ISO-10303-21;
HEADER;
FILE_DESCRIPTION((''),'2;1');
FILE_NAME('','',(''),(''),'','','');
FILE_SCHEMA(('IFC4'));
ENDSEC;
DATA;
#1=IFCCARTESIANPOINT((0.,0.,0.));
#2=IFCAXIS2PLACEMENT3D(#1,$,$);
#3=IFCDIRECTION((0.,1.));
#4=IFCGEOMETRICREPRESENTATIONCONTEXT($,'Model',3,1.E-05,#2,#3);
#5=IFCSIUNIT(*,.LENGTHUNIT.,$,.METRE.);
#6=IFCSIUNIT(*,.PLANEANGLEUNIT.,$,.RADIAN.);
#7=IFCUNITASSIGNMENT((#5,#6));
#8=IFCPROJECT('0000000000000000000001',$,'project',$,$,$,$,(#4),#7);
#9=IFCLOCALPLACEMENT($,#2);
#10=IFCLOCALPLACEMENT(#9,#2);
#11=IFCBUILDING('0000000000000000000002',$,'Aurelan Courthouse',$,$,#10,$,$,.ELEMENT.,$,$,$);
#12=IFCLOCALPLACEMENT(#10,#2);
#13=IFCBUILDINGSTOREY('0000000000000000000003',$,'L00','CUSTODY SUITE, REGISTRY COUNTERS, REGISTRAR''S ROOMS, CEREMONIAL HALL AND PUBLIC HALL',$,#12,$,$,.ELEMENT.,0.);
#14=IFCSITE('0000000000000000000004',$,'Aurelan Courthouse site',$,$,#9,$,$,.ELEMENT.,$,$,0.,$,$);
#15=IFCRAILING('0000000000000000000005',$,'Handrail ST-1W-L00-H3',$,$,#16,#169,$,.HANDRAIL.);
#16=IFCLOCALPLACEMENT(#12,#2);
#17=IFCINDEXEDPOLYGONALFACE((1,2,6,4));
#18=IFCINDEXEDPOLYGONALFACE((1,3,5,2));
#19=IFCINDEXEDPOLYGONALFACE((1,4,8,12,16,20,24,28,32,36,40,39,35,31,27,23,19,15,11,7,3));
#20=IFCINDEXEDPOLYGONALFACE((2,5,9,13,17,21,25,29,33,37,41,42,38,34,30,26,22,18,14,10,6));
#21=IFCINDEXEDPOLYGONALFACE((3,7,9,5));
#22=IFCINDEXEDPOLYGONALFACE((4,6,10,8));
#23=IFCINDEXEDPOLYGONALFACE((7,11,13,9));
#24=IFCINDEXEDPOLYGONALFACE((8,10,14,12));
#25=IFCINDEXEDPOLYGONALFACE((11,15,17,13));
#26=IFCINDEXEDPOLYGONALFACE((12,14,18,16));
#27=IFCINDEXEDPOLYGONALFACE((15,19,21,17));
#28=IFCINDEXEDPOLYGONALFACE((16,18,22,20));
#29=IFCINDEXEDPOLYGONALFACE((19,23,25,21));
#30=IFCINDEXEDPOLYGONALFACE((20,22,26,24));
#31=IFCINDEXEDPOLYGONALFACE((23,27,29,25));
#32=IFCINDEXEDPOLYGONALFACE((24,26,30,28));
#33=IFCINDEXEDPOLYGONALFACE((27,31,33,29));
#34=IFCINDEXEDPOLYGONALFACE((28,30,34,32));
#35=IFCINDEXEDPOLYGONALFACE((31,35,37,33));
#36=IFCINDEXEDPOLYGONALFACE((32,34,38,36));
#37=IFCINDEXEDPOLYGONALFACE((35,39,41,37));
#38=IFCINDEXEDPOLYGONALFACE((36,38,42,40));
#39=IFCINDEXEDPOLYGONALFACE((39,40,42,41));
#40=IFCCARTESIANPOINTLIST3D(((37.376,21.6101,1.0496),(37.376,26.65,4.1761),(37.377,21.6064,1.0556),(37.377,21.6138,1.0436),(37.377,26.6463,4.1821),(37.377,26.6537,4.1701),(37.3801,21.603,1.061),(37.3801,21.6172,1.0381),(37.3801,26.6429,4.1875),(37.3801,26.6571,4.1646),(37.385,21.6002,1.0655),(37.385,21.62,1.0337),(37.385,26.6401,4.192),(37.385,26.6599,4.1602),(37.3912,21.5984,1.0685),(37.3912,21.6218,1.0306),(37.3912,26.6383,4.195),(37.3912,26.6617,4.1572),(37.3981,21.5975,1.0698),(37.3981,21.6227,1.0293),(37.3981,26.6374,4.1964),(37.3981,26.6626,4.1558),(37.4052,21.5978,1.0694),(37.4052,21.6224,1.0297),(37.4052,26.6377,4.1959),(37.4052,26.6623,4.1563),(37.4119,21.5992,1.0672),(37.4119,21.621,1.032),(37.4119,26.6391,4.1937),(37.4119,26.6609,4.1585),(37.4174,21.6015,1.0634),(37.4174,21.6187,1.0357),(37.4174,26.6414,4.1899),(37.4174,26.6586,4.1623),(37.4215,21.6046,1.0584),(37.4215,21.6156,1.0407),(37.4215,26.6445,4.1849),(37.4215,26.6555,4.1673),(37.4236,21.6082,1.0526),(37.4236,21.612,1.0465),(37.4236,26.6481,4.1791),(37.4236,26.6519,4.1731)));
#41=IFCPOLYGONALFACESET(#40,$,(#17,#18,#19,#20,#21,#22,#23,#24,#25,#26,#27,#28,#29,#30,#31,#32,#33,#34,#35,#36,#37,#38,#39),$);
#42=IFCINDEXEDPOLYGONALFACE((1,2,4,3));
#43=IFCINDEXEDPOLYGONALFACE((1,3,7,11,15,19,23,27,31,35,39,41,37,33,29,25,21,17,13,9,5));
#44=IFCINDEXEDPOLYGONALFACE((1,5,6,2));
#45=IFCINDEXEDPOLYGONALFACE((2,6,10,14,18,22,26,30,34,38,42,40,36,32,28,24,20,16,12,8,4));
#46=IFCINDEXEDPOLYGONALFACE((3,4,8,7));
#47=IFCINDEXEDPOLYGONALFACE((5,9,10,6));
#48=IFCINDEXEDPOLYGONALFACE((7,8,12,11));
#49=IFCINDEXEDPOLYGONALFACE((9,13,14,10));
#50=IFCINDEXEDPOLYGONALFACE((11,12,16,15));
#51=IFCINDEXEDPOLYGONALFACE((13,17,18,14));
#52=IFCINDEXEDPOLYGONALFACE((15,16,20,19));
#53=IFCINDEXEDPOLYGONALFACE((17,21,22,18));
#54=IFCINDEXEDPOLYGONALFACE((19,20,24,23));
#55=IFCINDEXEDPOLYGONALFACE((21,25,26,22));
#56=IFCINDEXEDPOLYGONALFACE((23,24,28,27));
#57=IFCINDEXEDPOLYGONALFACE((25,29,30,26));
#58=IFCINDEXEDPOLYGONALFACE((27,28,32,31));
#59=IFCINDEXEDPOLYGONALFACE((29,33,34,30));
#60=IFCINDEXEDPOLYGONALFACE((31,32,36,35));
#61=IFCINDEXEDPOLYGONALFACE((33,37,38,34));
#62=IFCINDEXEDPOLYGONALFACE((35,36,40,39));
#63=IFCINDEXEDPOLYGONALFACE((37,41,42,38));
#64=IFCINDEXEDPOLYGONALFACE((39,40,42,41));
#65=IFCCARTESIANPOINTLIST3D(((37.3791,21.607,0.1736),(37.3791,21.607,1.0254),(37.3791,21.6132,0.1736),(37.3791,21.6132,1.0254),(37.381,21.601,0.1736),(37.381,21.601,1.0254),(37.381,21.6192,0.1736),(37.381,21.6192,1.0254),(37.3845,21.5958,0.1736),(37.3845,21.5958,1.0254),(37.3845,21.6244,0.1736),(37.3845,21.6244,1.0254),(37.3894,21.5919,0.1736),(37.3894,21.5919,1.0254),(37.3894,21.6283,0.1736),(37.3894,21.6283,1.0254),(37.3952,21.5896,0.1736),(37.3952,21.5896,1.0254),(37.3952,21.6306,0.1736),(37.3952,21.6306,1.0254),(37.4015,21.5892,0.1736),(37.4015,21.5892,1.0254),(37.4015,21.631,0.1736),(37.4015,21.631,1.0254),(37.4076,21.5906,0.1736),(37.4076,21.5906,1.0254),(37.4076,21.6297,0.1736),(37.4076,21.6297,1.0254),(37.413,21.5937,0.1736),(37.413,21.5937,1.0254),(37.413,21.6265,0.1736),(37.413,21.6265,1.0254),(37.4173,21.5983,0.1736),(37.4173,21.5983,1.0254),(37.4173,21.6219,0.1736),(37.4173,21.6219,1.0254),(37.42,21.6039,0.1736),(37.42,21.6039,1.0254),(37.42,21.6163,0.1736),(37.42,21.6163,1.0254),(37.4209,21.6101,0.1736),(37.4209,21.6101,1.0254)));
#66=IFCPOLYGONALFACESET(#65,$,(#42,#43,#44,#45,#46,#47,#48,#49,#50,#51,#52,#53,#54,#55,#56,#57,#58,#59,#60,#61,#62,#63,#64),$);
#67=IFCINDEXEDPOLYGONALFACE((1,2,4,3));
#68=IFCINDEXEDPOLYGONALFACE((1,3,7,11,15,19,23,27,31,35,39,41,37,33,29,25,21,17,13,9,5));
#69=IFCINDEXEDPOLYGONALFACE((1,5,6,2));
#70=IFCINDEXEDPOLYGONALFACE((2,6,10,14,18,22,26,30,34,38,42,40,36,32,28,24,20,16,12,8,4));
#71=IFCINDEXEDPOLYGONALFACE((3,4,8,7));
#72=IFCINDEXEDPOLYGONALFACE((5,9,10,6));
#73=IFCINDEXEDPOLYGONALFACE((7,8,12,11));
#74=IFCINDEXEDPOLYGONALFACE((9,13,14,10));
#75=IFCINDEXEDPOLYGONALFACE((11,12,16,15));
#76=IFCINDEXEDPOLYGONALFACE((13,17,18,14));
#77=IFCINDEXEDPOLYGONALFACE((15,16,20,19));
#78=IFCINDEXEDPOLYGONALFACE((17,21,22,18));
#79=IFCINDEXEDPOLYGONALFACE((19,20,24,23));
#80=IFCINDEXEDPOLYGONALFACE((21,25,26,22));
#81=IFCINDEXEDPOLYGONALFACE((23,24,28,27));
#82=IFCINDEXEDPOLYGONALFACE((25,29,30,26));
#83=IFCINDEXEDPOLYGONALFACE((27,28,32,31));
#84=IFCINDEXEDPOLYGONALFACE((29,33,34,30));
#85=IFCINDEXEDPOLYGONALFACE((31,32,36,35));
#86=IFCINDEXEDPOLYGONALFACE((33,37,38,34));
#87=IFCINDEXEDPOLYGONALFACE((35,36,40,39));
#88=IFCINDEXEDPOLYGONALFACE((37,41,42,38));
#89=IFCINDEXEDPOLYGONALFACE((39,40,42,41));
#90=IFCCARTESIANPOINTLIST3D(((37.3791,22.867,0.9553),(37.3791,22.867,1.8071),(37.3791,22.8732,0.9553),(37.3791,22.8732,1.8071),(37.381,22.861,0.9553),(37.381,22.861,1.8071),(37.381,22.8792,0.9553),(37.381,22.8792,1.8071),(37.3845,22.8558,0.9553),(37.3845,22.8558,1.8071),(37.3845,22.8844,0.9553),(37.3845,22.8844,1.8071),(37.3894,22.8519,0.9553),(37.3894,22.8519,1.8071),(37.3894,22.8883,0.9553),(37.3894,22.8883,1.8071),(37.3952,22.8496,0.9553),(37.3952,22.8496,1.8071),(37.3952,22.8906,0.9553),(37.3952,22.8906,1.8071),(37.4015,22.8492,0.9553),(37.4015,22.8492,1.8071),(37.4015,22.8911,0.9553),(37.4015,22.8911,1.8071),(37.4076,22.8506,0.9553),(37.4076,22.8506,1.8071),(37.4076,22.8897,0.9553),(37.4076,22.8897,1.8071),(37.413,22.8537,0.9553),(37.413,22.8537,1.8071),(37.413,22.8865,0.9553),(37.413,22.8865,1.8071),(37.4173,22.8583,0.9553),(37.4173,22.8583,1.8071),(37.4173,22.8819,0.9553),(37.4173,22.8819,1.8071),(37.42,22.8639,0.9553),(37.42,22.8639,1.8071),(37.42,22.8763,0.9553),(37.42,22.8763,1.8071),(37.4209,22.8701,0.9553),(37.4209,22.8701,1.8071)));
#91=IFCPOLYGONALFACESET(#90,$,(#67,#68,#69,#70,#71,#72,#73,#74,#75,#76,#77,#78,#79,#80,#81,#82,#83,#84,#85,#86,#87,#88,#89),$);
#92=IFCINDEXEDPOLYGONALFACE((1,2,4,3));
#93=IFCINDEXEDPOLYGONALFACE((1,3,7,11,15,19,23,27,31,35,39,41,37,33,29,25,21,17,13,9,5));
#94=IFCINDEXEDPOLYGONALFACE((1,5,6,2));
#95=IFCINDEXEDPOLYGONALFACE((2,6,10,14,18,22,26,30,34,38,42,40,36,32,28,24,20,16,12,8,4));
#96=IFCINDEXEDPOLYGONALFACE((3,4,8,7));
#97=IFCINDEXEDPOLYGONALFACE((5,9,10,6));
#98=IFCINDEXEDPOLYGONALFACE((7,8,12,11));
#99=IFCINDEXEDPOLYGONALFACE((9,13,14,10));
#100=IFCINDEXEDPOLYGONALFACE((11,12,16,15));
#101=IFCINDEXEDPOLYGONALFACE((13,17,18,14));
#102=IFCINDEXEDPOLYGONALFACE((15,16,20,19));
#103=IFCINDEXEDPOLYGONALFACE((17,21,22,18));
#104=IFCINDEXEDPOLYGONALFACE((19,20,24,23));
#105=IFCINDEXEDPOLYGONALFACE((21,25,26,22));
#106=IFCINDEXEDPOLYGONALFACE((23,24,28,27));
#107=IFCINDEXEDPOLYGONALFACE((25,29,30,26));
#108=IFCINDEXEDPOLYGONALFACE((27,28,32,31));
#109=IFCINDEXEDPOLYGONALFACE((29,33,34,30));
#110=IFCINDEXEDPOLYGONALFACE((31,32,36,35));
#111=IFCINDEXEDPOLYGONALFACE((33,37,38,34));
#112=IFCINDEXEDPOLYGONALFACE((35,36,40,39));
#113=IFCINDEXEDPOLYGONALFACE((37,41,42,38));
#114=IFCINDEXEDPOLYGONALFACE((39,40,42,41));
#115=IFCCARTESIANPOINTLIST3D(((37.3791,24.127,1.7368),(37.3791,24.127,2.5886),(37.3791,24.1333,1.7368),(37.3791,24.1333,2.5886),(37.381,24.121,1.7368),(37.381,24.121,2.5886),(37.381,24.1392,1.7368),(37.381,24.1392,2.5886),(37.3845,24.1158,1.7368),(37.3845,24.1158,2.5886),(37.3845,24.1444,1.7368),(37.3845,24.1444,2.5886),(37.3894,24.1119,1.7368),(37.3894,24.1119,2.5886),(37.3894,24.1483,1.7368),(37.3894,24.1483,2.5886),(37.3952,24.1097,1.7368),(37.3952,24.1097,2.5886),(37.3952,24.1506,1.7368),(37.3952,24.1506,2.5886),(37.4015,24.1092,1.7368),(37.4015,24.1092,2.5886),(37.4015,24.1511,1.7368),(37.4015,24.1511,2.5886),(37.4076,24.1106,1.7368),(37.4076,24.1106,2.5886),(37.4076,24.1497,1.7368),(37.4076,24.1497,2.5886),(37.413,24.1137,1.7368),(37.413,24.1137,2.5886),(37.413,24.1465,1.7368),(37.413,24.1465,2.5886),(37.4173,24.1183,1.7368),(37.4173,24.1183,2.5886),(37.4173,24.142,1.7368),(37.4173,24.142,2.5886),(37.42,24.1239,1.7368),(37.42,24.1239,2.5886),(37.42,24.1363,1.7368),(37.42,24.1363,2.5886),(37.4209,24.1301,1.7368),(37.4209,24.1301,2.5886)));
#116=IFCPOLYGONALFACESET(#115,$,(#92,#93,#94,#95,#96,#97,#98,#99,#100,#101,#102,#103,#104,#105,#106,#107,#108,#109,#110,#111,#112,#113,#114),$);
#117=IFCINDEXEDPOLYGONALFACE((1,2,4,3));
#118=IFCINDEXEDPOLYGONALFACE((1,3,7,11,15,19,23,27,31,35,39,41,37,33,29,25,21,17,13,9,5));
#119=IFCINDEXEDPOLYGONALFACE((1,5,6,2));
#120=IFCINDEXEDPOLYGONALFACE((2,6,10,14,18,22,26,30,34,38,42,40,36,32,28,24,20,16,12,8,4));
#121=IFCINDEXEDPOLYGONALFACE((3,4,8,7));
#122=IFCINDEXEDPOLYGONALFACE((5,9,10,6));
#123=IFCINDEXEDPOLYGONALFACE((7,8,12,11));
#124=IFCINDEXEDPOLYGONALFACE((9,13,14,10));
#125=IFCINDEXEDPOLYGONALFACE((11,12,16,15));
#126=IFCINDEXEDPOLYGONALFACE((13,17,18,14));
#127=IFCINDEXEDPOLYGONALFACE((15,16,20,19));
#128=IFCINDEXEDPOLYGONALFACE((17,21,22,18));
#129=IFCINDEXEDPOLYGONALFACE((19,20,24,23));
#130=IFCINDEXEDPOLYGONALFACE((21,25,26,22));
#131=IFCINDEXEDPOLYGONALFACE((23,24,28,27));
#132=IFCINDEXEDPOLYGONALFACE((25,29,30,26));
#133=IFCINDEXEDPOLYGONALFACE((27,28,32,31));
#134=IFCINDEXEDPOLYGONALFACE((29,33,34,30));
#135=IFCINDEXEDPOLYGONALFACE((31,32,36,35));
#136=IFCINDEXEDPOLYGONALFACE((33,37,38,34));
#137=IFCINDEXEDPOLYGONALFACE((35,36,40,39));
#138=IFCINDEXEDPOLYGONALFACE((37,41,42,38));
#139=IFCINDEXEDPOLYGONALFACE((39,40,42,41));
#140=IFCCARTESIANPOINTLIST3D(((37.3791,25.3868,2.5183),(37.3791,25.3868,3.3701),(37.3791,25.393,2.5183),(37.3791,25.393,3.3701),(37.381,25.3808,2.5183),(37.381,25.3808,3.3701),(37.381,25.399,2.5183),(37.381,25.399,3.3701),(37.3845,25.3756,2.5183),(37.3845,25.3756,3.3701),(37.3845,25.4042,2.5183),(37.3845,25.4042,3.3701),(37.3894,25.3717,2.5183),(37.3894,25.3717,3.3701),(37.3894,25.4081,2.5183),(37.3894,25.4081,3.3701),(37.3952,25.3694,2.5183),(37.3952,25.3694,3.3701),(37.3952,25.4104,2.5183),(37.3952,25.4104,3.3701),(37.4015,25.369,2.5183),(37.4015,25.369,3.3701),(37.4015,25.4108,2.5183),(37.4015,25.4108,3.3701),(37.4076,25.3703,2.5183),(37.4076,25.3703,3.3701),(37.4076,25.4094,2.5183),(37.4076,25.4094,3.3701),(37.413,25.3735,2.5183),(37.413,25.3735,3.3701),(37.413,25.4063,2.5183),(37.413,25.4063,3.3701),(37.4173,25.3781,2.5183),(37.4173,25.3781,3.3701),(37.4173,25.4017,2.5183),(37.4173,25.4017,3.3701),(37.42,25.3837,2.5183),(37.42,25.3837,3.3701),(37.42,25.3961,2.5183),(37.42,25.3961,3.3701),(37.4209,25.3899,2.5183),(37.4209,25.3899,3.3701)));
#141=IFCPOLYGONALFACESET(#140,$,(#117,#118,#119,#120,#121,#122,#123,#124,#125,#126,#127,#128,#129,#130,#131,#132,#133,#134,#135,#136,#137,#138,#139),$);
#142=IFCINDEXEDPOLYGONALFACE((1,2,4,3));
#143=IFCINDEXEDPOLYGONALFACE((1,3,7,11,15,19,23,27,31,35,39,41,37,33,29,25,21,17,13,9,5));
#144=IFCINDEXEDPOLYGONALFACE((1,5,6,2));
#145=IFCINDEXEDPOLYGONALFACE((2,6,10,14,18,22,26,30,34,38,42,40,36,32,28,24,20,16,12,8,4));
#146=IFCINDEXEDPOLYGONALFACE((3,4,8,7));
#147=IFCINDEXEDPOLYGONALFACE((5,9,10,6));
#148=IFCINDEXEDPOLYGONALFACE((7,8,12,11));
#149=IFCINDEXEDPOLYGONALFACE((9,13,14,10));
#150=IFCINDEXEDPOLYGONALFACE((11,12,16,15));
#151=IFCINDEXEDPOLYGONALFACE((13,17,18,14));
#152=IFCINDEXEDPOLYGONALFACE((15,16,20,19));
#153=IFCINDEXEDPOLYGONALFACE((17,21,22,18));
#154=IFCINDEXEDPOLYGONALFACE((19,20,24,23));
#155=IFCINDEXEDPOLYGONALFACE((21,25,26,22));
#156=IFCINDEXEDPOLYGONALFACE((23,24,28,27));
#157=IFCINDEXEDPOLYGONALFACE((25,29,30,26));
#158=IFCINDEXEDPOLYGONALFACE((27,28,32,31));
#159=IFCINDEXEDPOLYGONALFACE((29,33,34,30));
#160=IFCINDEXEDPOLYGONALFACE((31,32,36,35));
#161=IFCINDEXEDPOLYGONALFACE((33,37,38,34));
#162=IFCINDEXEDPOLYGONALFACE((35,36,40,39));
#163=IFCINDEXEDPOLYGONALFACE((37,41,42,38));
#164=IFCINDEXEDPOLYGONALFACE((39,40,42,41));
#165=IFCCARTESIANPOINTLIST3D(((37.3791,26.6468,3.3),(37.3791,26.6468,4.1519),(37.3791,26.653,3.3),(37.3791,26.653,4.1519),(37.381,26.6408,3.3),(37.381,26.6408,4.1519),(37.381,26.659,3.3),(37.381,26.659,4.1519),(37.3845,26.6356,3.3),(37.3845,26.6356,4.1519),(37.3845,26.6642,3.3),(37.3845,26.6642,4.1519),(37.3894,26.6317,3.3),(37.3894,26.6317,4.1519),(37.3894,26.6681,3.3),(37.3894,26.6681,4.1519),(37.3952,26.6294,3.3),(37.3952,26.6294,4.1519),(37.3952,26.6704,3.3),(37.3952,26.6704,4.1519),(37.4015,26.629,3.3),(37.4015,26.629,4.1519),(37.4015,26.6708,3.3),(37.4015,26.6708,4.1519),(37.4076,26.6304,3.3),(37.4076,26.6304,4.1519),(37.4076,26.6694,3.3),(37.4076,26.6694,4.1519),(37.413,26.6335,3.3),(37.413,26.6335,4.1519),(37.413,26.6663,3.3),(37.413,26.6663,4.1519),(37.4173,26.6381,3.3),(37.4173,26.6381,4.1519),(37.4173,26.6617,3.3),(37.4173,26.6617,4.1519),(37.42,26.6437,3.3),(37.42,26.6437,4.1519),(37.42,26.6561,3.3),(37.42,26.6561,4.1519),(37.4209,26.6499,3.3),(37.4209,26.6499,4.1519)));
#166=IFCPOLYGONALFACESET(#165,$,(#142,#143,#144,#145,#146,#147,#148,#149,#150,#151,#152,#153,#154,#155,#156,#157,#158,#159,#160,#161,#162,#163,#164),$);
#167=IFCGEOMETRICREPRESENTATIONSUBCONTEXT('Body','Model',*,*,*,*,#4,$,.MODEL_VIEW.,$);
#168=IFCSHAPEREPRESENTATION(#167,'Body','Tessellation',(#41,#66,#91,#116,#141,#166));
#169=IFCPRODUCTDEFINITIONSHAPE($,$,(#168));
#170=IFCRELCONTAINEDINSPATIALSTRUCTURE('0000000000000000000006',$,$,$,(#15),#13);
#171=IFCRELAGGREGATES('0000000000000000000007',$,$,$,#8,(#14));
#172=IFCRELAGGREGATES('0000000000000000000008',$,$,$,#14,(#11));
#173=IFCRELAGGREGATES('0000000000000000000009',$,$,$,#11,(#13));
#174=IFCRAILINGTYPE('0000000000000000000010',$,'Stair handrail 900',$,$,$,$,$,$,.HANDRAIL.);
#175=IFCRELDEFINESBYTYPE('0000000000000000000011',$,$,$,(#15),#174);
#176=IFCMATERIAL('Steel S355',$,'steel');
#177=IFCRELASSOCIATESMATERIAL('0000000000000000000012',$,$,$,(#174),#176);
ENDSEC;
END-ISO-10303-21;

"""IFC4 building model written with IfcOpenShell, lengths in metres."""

from ifc_helpers import new_model, si_unit, direction, frame, origin, origin_2d, place, context, subcontext, project, spatial, circle, extrude, material, type_object, element, save


model = new_model("IFC4")

# Units and contexts
model_context = context("Model", 3, precision=1e-05, world=origin(), true_north=direction((0.0, 1.0)))
body_context = subcontext(model_context, "Body", "Model", "MODEL_VIEW")
ifc_project = project(units=[si_unit("LENGTHUNIT", "METRE"), si_unit("PLANEANGLEUNIT", "RADIAN")], contexts=[model_context])

# Site, building, storey
site_placement = place(None, origin())
site = spatial("IfcSite", under=ifc_project, at=site_placement, Name="Aurelan Courthouse site", CompositionType="ELEMENT", RefElevation=0.0)
building_placement = place(site_placement, origin())
building = spatial("IfcBuilding", under=site, at=building_placement, Name="Aurelan Courthouse", CompositionType="ELEMENT")
storey_placement = place(building_placement, origin())
storey = spatial("IfcBuildingStorey", under=building, at=storey_placement, Name="L00", Description="CUSTODY SUITE, REGISTRY COUNTERS, REGISTRAR'S ROOMS, CEREMONIAL HALL AND PUBLIC HALL", CompositionType="ELEMENT", Elevation=0.0)

# Railing
ifc_material_1 = material(Name="Steel S355", Category="steel")
railing_type_1 = type_object("IfcRailingType", Name="Stair handrail 900", PredefinedType="HANDRAIL", material=ifc_material_1)
for number, where, name in (
    (1, (37.3999, 21.6101, 0.1736), "Handrail ST-1W-L00-H3"),
):
    element("IfcRailing", number, at=place(storey_placement, frame(where)), inside=storey, type_object=railing_type_1, Name=name, PredefinedType="HANDRAIL", context=body_context, shape_type="SweptSolid", body=[
        extrude(circle(Radius=0.0239, at=origin_2d()), frame((0.0, 0.0, 0.876), z_axis=(0.0, 0.849767, 0.527158), x_axis=(-1.0, 0.0, 0.0)), (0.0, 0.0, 1.0), 5.9309),
        extrude(circle(Radius=0.021, at=origin_2d()), origin(), (0.0, 0.0, 1.0), 0.8518),
        extrude(circle(Radius=0.021, at=origin_2d()), frame((0.0, 1.26, 0.7817)), (0.0, 0.0, 1.0), 0.8518),
        extrude(circle(Radius=0.021, at=origin_2d()), frame((0.0, 2.52, 1.5632)), (0.0, 0.0, 1.0), 0.8518),
        extrude(circle(Radius=0.021, at=origin_2d()), frame((0.0, 3.7798, 2.3447)), (0.0, 0.0, 1.0), 0.8518),
        extrude(circle(Radius=0.021, at=origin_2d()), frame((0.0, 5.0398, 3.1265)), (0.0, 0.0, 1.0), 0.8518),
    ])

save(model, "model.ifc")
